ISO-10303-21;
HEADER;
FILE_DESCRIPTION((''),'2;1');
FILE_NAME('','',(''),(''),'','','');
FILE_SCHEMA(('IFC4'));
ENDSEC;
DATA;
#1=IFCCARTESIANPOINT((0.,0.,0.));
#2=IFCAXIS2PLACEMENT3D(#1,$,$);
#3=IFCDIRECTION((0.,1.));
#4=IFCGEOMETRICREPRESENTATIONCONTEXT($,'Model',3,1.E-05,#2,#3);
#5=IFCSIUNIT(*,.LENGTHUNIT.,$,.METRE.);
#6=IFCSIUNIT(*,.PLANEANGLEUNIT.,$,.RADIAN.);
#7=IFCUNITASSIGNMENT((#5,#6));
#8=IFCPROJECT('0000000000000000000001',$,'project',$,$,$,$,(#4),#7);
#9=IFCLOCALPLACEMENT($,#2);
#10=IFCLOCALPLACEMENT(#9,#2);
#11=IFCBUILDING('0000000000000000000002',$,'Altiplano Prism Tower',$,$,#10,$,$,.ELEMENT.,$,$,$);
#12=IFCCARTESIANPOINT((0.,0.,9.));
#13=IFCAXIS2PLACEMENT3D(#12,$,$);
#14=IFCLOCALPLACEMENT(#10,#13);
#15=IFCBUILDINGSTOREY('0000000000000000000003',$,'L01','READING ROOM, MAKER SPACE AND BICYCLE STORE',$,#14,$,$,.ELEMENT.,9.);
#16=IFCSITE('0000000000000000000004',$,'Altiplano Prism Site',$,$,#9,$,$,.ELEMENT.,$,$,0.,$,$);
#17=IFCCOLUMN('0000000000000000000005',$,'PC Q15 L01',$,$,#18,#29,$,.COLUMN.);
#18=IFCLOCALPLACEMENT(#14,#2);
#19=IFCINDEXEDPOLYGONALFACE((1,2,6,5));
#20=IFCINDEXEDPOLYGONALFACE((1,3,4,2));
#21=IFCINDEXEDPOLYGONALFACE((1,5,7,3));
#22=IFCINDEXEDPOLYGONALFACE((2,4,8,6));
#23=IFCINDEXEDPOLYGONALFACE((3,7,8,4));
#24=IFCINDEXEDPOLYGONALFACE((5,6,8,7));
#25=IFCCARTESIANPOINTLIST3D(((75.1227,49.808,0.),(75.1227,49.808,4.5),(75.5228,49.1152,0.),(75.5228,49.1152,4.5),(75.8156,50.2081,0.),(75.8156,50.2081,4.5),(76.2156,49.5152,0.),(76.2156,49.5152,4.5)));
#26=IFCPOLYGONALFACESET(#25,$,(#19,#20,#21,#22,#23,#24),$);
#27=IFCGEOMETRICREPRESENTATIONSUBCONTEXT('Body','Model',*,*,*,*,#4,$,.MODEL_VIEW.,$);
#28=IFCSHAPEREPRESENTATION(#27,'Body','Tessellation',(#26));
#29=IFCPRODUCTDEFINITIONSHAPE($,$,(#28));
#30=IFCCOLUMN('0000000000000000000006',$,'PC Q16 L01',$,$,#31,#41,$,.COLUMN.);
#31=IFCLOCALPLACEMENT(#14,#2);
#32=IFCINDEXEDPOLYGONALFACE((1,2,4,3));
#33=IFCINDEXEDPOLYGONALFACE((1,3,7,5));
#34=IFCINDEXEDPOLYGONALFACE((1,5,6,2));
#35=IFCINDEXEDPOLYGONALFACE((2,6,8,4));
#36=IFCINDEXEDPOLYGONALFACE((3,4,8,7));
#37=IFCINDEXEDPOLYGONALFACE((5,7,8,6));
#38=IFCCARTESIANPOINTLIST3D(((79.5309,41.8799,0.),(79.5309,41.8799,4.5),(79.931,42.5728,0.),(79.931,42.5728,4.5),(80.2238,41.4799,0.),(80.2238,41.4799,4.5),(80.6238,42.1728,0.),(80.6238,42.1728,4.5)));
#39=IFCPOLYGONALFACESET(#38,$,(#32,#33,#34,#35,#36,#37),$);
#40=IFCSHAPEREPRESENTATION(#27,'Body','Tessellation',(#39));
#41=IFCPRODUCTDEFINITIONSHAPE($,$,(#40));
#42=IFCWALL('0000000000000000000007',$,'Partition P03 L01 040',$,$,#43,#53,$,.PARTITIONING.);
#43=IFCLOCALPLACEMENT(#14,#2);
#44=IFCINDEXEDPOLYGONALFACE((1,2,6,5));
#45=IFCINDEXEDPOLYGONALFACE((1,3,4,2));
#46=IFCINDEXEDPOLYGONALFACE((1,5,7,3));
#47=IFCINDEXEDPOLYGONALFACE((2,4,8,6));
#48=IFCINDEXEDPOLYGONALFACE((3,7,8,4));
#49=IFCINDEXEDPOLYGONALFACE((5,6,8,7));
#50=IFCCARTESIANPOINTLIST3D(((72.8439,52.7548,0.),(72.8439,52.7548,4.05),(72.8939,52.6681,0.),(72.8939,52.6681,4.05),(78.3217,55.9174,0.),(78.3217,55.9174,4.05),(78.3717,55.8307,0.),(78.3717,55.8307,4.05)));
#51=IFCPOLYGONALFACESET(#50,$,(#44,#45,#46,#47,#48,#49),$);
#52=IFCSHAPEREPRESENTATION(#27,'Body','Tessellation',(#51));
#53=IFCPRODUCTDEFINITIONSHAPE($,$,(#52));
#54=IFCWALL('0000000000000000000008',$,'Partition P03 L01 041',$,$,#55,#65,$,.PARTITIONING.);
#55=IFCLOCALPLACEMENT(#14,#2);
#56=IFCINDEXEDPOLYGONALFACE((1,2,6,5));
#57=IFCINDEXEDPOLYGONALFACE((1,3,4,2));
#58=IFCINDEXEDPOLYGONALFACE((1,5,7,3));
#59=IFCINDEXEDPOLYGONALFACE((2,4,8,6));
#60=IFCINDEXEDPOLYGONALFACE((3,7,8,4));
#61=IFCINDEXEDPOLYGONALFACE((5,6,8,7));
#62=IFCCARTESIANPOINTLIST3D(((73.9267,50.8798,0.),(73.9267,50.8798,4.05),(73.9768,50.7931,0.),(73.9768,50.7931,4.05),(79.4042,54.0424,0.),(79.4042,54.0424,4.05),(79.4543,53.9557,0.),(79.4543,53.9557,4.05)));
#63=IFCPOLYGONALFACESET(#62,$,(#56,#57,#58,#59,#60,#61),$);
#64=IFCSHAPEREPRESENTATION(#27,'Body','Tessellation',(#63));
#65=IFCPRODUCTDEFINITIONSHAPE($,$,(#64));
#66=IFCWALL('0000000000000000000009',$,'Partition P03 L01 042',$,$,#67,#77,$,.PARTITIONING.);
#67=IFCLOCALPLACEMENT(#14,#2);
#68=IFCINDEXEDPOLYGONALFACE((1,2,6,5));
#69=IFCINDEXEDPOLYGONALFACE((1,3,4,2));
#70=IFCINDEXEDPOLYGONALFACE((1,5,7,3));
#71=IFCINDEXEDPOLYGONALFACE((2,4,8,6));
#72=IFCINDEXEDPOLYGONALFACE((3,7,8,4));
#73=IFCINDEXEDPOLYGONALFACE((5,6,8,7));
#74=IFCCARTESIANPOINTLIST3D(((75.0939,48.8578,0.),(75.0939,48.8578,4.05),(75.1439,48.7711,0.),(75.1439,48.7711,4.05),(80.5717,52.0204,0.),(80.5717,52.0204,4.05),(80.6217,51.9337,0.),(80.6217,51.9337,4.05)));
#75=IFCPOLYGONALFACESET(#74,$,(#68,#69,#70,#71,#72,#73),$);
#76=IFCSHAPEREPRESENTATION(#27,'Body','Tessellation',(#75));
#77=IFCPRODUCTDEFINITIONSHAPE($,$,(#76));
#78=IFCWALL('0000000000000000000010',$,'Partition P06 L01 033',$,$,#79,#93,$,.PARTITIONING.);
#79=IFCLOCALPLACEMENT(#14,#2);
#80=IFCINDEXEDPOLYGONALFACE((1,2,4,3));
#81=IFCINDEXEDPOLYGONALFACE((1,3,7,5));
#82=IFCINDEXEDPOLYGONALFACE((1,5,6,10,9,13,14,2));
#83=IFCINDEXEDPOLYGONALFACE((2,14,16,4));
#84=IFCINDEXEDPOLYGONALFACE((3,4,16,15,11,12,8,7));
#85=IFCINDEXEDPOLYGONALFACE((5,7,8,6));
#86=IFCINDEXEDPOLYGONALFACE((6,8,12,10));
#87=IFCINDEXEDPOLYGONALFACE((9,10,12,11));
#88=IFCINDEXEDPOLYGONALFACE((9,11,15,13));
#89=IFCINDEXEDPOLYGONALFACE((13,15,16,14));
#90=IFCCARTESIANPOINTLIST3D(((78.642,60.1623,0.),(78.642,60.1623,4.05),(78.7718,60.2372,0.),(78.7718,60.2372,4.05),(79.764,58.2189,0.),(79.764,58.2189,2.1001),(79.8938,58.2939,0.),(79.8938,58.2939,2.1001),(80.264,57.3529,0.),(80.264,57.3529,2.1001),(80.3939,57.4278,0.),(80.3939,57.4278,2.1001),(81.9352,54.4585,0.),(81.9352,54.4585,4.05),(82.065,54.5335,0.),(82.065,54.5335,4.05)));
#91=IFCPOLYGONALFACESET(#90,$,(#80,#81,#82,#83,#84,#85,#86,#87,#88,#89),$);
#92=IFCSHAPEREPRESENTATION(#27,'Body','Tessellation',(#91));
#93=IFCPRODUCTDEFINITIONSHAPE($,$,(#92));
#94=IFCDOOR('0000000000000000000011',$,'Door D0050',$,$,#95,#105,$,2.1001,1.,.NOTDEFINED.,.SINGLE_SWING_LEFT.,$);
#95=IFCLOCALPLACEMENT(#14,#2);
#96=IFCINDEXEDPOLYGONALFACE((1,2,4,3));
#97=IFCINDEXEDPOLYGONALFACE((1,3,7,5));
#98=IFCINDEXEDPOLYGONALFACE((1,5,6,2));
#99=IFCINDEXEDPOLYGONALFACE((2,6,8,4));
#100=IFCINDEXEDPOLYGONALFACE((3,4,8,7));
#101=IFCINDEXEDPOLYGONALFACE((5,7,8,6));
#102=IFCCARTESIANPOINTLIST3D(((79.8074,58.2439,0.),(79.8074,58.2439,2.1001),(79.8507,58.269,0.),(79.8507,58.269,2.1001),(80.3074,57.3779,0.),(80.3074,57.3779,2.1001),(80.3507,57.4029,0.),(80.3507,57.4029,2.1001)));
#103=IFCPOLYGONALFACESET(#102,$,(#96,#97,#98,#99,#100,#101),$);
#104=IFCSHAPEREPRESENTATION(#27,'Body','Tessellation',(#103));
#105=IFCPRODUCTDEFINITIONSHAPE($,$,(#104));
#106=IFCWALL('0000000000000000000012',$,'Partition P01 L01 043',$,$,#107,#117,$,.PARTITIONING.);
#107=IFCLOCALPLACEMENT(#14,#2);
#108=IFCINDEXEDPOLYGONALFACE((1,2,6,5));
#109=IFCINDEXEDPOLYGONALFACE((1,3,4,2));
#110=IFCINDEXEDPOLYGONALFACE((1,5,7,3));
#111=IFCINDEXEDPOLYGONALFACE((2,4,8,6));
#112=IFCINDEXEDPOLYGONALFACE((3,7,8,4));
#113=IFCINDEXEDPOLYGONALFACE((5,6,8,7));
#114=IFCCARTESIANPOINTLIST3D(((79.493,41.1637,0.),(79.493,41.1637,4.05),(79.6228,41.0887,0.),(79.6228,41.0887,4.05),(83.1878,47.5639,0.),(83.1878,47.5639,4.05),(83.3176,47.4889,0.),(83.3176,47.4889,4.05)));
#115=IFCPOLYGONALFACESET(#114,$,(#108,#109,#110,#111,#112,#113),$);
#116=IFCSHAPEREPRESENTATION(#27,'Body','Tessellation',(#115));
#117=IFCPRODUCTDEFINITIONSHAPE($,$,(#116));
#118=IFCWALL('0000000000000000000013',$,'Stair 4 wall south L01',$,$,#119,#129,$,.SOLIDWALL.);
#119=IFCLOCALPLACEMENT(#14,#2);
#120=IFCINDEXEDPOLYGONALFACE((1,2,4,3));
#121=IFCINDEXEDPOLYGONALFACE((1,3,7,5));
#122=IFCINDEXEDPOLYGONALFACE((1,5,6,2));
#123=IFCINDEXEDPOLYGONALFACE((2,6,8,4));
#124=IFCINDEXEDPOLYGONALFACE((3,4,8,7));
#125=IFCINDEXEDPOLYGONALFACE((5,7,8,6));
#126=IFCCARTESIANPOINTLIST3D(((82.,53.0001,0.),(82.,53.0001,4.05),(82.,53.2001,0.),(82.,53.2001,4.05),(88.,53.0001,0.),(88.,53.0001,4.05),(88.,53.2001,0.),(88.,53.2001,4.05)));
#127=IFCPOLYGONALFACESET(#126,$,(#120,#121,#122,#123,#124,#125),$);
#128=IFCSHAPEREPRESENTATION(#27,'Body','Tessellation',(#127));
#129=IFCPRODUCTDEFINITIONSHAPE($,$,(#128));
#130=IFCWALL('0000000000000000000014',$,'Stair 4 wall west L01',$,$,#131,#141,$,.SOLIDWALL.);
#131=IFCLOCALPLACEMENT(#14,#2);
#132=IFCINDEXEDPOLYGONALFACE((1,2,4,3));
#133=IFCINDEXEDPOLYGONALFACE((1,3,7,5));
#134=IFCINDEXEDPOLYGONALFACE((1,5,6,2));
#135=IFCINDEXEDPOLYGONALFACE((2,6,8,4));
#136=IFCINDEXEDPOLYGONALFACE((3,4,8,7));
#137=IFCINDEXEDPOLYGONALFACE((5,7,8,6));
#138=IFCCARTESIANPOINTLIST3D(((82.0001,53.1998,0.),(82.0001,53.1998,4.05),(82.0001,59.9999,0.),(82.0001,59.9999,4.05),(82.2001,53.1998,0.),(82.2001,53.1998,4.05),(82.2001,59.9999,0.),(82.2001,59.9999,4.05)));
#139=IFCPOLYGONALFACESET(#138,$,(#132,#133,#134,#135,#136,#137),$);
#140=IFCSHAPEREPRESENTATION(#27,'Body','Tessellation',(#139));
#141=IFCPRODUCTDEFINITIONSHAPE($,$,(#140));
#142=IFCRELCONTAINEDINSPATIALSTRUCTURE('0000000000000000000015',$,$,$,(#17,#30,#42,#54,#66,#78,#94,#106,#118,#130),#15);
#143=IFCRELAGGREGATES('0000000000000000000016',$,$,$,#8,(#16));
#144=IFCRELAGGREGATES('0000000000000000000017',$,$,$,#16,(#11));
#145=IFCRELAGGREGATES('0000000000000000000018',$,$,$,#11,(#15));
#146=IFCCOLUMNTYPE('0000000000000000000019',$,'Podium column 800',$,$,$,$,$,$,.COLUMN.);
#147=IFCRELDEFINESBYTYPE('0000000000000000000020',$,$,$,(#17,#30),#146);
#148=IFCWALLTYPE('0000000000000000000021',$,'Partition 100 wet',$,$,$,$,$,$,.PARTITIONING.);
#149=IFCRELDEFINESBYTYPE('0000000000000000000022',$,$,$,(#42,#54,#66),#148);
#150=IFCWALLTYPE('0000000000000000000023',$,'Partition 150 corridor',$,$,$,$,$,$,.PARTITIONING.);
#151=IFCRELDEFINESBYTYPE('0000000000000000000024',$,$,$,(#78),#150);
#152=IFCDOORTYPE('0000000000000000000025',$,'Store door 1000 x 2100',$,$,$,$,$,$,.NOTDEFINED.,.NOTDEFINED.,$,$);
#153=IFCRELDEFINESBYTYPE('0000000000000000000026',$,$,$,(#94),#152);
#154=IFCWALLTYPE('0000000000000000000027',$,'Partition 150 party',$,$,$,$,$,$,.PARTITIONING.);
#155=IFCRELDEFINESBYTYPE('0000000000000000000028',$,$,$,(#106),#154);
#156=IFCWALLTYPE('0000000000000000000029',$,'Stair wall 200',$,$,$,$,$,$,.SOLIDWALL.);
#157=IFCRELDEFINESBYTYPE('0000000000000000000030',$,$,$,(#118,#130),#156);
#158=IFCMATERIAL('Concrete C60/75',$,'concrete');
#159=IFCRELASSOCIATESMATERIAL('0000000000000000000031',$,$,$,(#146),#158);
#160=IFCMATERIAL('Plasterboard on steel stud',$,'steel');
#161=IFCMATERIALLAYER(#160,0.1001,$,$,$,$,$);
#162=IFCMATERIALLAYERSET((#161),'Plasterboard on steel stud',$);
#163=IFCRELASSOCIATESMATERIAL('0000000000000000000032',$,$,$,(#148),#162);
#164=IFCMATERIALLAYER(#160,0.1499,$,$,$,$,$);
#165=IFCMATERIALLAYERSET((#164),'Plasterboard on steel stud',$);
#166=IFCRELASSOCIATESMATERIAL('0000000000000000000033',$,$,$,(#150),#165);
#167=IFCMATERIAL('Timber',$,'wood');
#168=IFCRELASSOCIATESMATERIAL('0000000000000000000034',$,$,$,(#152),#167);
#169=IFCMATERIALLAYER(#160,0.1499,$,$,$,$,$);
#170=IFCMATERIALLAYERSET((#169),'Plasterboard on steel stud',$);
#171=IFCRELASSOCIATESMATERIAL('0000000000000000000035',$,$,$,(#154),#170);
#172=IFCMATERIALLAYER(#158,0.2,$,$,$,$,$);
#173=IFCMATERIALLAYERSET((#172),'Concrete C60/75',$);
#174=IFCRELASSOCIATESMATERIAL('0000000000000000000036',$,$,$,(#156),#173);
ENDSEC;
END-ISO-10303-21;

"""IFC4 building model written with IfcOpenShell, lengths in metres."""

from ifc_helpers import new_model, si_unit, direction, frame, frame_2d, origin, origin_2d, place, context, subcontext, project, spatial, rectangle, extrude, material, layer, layer_set, material_profile, profile_set, type_object, element, fill, save


model = new_model("IFC4")

# Units and contexts
model_context = context("Model", 3, precision=1e-05, world=origin(), true_north=direction((0.0, 1.0)))
body_context = subcontext(model_context, "Body", "Model", "MODEL_VIEW")
ifc_project = project(units=[si_unit("LENGTHUNIT", "METRE"), si_unit("PLANEANGLEUNIT", "RADIAN")], contexts=[model_context])

# Site, building, storey
site_placement = place(None, origin())
site = spatial("IfcSite", under=ifc_project, at=site_placement, Name="Altiplano Prism Site", CompositionType="ELEMENT", RefElevation=0.0)
building_placement = place(site_placement, origin())
building = spatial("IfcBuilding", under=site, at=building_placement, Name="Altiplano Prism Tower", CompositionType="ELEMENT")
storey_placement = place(building_placement, frame((0.0, 0.0, 9.0)))
storey = spatial("IfcBuildingStorey", under=building, at=storey_placement, Name="L01", Description="READING ROOM, MAKER SPACE AND BICYCLE STORE", CompositionType="ELEMENT", Elevation=9.0)

# Columns
ifc_material_1 = material(Name="Concrete C60/75", Category="concrete")
ifc_material_profile = material_profile(ifc_material_1, rectangle(XDim=0.8, YDim=0.8, at=origin_2d()), Name="Podium column 800")
ifc_profile_set = profile_set([ifc_material_profile], Name="Concrete C60/75")
column_type = type_object("IfcColumnType", Name="Podium column 800", PredefinedType="COLUMN", material=ifc_profile_set)
for number, where, z_axis, x_axis, name in (
    (1, (75.6692, 49.6616, 0.0), (0.0, 0.0, 1.0), (0.866025, 0.5, 0.0), "PC Q15 L01"),
    (2, (80.0774, 42.0264, 0.0), (0.0, 0.0, 1.0), (0.5, 0.866025, 0.0), "PC Q16 L01"),
):
    element("IfcColumn", number, at=place(storey_placement, frame(where, z_axis=z_axis, x_axis=x_axis)), inside=storey, type_object=column_type, Name=name, PredefinedType="COLUMN", context=body_context, shape_type="SweptSolid", body=[
        extrude(rectangle(XDim=0.8, YDim=0.8, at=origin_2d()), origin(), (0.0, 0.0, 1.0), 4.5),
    ])

# Walls
ifc_material_2 = material(Name="Plasterboard on steel stud", Category="steel")
ifc_layer_1 = layer(ifc_material_2, 0.1001)
ifc_layer_set_1 = layer_set([ifc_layer_1], Name="Plasterboard on steel stud")
wall_type_1 = type_object("IfcWallType", Name="Partition 100 wet", PredefinedType="PARTITIONING", material=ifc_layer_set_1)
wall_1_placement = place(storey_placement, frame((72.8689, 52.7114, 0.0), z_axis=(0.0, 0.0, 1.0), x_axis=(0.866026, 0.5, 0.0)))
element("IfcWall", 3, at=wall_1_placement, inside=storey, type_object=wall_type_1, Name="Partition P03 L01 040", PredefinedType="PARTITIONING", context=body_context, shape_type="SweptSolid", body=[
    extrude(rectangle(XDim=6.3252, YDim=0.1001, at=frame_2d((3.1626, 0.0))), origin(), (0.0, 0.0, 1.0), 4.05),
])
wall_2_placement = place(storey_placement, frame((73.9517, 50.8364, 0.0), z_axis=(0.0, 0.0, 1.0), x_axis=(0.866016, 0.500016, 0.0)))
element("IfcWall", 4, at=wall_2_placement, inside=storey, type_object=wall_type_1, Name="Partition P03 L01 041", PredefinedType="PARTITIONING", context=body_context, shape_type="SweptSolid", body=[
    extrude(rectangle(XDim=6.325, YDim=0.1001, at=frame_2d((3.1626, 0.0))), origin(), (0.0, 0.0, 1.0), 4.05),
])
wall_3_placement = place(storey_placement, frame((75.1189, 48.8145, 0.0), z_axis=(0.0, 0.0, 1.0), x_axis=(0.866026, 0.5, 0.0)))
element("IfcWall", 5, at=wall_3_placement, inside=storey, type_object=wall_type_1, Name="Partition P03 L01 042", PredefinedType="PARTITIONING", context=body_context, shape_type="SweptSolid", body=[
    extrude(rectangle(XDim=6.3252, YDim=0.1001, at=frame_2d((3.1626, 0.0))), origin(), (0.0, 0.0, 1.0), 4.05),
])

# Wall, opening, door
ifc_layer_2 = layer(ifc_material_2, 0.1499)
ifc_layer_set_2 = layer_set([ifc_layer_2], Name="Plasterboard on steel stud")
wall_type_2 = type_object("IfcWallType", Name="Partition 150 corridor", PredefinedType="PARTITIONING", material=ifc_layer_set_2)
wall_4_placement = place(storey_placement, frame((82.0, 54.4961, 0.0), z_axis=(0.0, 0.0, 1.0), x_axis=(-0.50001, 0.86602, 0.0)))
wall_4 = element("IfcWall", 6, at=wall_4_placement, inside=storey, type_object=wall_type_2, Name="Partition P06 L01 033", PredefinedType="PARTITIONING", context=body_context, shape_type="SweptSolid", body=[
    extrude(rectangle(XDim=6.5862, YDim=0.1499, at=frame_2d((3.293, 0.0))), origin(), (0.0, 0.0, 1.0), 4.05),
])
opening_1_placement = place(wall_4_placement, frame((3.342, 0.0, 0.0)))
opening_1 = element("IfcOpeningElement", 7, at=opening_1_placement, cuts=wall_4, PredefinedType="OPENING", context=body_context, shape_type="SweptSolid", body=[
    extrude(rectangle(XDim=1.0, YDim=2.1001, at=frame_2d((0.5, 1.05))), frame((0.0, 0.0854, 0.0), z_axis=(0.0, -1.0, 0.0), x_axis=(1.0, 0.0, 0.0)), (0.0, 0.0, 1.0), 0.1709),
])
ifc_material_3 = material(Name="Timber", Category="wood")
door_type = type_object("IfcDoorType", Name="Store door 1000 x 2100", OperationType="NOTDEFINED", PredefinedType="NOTDEFINED", material=ifc_material_3)
door_placement = place(opening_1_placement, origin())
door = element("IfcDoor", 8, at=door_placement, inside=storey, type_object=door_type, Name="Door D0050", OperationType="SINGLE_SWING_LEFT", OverallHeight=2.1001, OverallWidth=1.0, PredefinedType="NOTDEFINED", context=body_context, shape_type="SweptSolid", body=[
    extrude(rectangle(XDim=1.0, YDim=2.1001, at=frame_2d((0.5, 1.05))), frame((0.0, 0.0249, 0.0), z_axis=(0.0, -1.0, 0.0), x_axis=(1.0, 0.0, 0.0)), (0.0, 0.0, 1.0), 0.05),
])
fill(opening_1, door)

# Walls
ifc_layer_3 = layer(ifc_material_2, 0.1499)
ifc_layer_set_3 = layer_set([ifc_layer_3], Name="Plasterboard on steel stud")
wall_type_3 = type_object("IfcWallType", Name="Partition 150 party", PredefinedType="PARTITIONING", material=ifc_layer_set_3)
wall_5_placement = place(storey_placement, frame((79.5579, 41.1262, 0.0), z_axis=(0.0, 0.0, 1.0), x_axis=(0.499969, 0.866043, 0.0)))
element("IfcWall", 9, at=wall_5_placement, inside=storey, type_object=wall_type_3, Name="Partition P01 L01 043", PredefinedType="PARTITIONING", context=body_context, shape_type="SweptSolid", body=[
    extrude(rectangle(XDim=7.3901, YDim=0.1499, at=frame_2d((3.6951, 0.0))), origin(), (0.0, 0.0, 1.0), 4.05),
])
ifc_layer_4 = layer(ifc_material_1, 0.2)
ifc_layer_set_4 = layer_set([ifc_layer_4], Name="Concrete C60/75")
wall_type_4 = type_object("IfcWallType", Name="Stair wall 200", PredefinedType="SOLIDWALL", material=ifc_layer_set_4)
wall_6_placement = place(storey_placement, frame((82.0, 53.1001, 0.0), z_axis=(0.0, 0.0, 1.0), x_axis=(1.0, 0.0, 0.0)))
element("IfcWall", 10, at=wall_6_placement, inside=storey, type_object=wall_type_4, Name="Stair 4 wall south L01", PredefinedType="SOLIDWALL", context=body_context, shape_type="SweptSolid", body=[
    extrude(rectangle(XDim=6.0, YDim=0.2, at=frame_2d((3.0, 0.0))), origin(), (0.0, 0.0, 1.0), 4.05),
])
wall_7_placement = place(storey_placement, frame((82.1001, 53.2, 0.0), z_axis=(0.0, 0.0, 1.0), x_axis=(0.0, 1.0, 0.0)))
element("IfcWall", 11, at=wall_7_placement, inside=storey, type_object=wall_type_4, Name="Stair 4 wall west L01", PredefinedType="SOLIDWALL", context=body_context, shape_type="SweptSolid", body=[
    extrude(rectangle(XDim=6.8, YDim=0.2, at=frame_2d((3.3999, 0.0))), origin(), (0.0, 0.0, 1.0), 4.05),
])

save(model, "model.ifc")
